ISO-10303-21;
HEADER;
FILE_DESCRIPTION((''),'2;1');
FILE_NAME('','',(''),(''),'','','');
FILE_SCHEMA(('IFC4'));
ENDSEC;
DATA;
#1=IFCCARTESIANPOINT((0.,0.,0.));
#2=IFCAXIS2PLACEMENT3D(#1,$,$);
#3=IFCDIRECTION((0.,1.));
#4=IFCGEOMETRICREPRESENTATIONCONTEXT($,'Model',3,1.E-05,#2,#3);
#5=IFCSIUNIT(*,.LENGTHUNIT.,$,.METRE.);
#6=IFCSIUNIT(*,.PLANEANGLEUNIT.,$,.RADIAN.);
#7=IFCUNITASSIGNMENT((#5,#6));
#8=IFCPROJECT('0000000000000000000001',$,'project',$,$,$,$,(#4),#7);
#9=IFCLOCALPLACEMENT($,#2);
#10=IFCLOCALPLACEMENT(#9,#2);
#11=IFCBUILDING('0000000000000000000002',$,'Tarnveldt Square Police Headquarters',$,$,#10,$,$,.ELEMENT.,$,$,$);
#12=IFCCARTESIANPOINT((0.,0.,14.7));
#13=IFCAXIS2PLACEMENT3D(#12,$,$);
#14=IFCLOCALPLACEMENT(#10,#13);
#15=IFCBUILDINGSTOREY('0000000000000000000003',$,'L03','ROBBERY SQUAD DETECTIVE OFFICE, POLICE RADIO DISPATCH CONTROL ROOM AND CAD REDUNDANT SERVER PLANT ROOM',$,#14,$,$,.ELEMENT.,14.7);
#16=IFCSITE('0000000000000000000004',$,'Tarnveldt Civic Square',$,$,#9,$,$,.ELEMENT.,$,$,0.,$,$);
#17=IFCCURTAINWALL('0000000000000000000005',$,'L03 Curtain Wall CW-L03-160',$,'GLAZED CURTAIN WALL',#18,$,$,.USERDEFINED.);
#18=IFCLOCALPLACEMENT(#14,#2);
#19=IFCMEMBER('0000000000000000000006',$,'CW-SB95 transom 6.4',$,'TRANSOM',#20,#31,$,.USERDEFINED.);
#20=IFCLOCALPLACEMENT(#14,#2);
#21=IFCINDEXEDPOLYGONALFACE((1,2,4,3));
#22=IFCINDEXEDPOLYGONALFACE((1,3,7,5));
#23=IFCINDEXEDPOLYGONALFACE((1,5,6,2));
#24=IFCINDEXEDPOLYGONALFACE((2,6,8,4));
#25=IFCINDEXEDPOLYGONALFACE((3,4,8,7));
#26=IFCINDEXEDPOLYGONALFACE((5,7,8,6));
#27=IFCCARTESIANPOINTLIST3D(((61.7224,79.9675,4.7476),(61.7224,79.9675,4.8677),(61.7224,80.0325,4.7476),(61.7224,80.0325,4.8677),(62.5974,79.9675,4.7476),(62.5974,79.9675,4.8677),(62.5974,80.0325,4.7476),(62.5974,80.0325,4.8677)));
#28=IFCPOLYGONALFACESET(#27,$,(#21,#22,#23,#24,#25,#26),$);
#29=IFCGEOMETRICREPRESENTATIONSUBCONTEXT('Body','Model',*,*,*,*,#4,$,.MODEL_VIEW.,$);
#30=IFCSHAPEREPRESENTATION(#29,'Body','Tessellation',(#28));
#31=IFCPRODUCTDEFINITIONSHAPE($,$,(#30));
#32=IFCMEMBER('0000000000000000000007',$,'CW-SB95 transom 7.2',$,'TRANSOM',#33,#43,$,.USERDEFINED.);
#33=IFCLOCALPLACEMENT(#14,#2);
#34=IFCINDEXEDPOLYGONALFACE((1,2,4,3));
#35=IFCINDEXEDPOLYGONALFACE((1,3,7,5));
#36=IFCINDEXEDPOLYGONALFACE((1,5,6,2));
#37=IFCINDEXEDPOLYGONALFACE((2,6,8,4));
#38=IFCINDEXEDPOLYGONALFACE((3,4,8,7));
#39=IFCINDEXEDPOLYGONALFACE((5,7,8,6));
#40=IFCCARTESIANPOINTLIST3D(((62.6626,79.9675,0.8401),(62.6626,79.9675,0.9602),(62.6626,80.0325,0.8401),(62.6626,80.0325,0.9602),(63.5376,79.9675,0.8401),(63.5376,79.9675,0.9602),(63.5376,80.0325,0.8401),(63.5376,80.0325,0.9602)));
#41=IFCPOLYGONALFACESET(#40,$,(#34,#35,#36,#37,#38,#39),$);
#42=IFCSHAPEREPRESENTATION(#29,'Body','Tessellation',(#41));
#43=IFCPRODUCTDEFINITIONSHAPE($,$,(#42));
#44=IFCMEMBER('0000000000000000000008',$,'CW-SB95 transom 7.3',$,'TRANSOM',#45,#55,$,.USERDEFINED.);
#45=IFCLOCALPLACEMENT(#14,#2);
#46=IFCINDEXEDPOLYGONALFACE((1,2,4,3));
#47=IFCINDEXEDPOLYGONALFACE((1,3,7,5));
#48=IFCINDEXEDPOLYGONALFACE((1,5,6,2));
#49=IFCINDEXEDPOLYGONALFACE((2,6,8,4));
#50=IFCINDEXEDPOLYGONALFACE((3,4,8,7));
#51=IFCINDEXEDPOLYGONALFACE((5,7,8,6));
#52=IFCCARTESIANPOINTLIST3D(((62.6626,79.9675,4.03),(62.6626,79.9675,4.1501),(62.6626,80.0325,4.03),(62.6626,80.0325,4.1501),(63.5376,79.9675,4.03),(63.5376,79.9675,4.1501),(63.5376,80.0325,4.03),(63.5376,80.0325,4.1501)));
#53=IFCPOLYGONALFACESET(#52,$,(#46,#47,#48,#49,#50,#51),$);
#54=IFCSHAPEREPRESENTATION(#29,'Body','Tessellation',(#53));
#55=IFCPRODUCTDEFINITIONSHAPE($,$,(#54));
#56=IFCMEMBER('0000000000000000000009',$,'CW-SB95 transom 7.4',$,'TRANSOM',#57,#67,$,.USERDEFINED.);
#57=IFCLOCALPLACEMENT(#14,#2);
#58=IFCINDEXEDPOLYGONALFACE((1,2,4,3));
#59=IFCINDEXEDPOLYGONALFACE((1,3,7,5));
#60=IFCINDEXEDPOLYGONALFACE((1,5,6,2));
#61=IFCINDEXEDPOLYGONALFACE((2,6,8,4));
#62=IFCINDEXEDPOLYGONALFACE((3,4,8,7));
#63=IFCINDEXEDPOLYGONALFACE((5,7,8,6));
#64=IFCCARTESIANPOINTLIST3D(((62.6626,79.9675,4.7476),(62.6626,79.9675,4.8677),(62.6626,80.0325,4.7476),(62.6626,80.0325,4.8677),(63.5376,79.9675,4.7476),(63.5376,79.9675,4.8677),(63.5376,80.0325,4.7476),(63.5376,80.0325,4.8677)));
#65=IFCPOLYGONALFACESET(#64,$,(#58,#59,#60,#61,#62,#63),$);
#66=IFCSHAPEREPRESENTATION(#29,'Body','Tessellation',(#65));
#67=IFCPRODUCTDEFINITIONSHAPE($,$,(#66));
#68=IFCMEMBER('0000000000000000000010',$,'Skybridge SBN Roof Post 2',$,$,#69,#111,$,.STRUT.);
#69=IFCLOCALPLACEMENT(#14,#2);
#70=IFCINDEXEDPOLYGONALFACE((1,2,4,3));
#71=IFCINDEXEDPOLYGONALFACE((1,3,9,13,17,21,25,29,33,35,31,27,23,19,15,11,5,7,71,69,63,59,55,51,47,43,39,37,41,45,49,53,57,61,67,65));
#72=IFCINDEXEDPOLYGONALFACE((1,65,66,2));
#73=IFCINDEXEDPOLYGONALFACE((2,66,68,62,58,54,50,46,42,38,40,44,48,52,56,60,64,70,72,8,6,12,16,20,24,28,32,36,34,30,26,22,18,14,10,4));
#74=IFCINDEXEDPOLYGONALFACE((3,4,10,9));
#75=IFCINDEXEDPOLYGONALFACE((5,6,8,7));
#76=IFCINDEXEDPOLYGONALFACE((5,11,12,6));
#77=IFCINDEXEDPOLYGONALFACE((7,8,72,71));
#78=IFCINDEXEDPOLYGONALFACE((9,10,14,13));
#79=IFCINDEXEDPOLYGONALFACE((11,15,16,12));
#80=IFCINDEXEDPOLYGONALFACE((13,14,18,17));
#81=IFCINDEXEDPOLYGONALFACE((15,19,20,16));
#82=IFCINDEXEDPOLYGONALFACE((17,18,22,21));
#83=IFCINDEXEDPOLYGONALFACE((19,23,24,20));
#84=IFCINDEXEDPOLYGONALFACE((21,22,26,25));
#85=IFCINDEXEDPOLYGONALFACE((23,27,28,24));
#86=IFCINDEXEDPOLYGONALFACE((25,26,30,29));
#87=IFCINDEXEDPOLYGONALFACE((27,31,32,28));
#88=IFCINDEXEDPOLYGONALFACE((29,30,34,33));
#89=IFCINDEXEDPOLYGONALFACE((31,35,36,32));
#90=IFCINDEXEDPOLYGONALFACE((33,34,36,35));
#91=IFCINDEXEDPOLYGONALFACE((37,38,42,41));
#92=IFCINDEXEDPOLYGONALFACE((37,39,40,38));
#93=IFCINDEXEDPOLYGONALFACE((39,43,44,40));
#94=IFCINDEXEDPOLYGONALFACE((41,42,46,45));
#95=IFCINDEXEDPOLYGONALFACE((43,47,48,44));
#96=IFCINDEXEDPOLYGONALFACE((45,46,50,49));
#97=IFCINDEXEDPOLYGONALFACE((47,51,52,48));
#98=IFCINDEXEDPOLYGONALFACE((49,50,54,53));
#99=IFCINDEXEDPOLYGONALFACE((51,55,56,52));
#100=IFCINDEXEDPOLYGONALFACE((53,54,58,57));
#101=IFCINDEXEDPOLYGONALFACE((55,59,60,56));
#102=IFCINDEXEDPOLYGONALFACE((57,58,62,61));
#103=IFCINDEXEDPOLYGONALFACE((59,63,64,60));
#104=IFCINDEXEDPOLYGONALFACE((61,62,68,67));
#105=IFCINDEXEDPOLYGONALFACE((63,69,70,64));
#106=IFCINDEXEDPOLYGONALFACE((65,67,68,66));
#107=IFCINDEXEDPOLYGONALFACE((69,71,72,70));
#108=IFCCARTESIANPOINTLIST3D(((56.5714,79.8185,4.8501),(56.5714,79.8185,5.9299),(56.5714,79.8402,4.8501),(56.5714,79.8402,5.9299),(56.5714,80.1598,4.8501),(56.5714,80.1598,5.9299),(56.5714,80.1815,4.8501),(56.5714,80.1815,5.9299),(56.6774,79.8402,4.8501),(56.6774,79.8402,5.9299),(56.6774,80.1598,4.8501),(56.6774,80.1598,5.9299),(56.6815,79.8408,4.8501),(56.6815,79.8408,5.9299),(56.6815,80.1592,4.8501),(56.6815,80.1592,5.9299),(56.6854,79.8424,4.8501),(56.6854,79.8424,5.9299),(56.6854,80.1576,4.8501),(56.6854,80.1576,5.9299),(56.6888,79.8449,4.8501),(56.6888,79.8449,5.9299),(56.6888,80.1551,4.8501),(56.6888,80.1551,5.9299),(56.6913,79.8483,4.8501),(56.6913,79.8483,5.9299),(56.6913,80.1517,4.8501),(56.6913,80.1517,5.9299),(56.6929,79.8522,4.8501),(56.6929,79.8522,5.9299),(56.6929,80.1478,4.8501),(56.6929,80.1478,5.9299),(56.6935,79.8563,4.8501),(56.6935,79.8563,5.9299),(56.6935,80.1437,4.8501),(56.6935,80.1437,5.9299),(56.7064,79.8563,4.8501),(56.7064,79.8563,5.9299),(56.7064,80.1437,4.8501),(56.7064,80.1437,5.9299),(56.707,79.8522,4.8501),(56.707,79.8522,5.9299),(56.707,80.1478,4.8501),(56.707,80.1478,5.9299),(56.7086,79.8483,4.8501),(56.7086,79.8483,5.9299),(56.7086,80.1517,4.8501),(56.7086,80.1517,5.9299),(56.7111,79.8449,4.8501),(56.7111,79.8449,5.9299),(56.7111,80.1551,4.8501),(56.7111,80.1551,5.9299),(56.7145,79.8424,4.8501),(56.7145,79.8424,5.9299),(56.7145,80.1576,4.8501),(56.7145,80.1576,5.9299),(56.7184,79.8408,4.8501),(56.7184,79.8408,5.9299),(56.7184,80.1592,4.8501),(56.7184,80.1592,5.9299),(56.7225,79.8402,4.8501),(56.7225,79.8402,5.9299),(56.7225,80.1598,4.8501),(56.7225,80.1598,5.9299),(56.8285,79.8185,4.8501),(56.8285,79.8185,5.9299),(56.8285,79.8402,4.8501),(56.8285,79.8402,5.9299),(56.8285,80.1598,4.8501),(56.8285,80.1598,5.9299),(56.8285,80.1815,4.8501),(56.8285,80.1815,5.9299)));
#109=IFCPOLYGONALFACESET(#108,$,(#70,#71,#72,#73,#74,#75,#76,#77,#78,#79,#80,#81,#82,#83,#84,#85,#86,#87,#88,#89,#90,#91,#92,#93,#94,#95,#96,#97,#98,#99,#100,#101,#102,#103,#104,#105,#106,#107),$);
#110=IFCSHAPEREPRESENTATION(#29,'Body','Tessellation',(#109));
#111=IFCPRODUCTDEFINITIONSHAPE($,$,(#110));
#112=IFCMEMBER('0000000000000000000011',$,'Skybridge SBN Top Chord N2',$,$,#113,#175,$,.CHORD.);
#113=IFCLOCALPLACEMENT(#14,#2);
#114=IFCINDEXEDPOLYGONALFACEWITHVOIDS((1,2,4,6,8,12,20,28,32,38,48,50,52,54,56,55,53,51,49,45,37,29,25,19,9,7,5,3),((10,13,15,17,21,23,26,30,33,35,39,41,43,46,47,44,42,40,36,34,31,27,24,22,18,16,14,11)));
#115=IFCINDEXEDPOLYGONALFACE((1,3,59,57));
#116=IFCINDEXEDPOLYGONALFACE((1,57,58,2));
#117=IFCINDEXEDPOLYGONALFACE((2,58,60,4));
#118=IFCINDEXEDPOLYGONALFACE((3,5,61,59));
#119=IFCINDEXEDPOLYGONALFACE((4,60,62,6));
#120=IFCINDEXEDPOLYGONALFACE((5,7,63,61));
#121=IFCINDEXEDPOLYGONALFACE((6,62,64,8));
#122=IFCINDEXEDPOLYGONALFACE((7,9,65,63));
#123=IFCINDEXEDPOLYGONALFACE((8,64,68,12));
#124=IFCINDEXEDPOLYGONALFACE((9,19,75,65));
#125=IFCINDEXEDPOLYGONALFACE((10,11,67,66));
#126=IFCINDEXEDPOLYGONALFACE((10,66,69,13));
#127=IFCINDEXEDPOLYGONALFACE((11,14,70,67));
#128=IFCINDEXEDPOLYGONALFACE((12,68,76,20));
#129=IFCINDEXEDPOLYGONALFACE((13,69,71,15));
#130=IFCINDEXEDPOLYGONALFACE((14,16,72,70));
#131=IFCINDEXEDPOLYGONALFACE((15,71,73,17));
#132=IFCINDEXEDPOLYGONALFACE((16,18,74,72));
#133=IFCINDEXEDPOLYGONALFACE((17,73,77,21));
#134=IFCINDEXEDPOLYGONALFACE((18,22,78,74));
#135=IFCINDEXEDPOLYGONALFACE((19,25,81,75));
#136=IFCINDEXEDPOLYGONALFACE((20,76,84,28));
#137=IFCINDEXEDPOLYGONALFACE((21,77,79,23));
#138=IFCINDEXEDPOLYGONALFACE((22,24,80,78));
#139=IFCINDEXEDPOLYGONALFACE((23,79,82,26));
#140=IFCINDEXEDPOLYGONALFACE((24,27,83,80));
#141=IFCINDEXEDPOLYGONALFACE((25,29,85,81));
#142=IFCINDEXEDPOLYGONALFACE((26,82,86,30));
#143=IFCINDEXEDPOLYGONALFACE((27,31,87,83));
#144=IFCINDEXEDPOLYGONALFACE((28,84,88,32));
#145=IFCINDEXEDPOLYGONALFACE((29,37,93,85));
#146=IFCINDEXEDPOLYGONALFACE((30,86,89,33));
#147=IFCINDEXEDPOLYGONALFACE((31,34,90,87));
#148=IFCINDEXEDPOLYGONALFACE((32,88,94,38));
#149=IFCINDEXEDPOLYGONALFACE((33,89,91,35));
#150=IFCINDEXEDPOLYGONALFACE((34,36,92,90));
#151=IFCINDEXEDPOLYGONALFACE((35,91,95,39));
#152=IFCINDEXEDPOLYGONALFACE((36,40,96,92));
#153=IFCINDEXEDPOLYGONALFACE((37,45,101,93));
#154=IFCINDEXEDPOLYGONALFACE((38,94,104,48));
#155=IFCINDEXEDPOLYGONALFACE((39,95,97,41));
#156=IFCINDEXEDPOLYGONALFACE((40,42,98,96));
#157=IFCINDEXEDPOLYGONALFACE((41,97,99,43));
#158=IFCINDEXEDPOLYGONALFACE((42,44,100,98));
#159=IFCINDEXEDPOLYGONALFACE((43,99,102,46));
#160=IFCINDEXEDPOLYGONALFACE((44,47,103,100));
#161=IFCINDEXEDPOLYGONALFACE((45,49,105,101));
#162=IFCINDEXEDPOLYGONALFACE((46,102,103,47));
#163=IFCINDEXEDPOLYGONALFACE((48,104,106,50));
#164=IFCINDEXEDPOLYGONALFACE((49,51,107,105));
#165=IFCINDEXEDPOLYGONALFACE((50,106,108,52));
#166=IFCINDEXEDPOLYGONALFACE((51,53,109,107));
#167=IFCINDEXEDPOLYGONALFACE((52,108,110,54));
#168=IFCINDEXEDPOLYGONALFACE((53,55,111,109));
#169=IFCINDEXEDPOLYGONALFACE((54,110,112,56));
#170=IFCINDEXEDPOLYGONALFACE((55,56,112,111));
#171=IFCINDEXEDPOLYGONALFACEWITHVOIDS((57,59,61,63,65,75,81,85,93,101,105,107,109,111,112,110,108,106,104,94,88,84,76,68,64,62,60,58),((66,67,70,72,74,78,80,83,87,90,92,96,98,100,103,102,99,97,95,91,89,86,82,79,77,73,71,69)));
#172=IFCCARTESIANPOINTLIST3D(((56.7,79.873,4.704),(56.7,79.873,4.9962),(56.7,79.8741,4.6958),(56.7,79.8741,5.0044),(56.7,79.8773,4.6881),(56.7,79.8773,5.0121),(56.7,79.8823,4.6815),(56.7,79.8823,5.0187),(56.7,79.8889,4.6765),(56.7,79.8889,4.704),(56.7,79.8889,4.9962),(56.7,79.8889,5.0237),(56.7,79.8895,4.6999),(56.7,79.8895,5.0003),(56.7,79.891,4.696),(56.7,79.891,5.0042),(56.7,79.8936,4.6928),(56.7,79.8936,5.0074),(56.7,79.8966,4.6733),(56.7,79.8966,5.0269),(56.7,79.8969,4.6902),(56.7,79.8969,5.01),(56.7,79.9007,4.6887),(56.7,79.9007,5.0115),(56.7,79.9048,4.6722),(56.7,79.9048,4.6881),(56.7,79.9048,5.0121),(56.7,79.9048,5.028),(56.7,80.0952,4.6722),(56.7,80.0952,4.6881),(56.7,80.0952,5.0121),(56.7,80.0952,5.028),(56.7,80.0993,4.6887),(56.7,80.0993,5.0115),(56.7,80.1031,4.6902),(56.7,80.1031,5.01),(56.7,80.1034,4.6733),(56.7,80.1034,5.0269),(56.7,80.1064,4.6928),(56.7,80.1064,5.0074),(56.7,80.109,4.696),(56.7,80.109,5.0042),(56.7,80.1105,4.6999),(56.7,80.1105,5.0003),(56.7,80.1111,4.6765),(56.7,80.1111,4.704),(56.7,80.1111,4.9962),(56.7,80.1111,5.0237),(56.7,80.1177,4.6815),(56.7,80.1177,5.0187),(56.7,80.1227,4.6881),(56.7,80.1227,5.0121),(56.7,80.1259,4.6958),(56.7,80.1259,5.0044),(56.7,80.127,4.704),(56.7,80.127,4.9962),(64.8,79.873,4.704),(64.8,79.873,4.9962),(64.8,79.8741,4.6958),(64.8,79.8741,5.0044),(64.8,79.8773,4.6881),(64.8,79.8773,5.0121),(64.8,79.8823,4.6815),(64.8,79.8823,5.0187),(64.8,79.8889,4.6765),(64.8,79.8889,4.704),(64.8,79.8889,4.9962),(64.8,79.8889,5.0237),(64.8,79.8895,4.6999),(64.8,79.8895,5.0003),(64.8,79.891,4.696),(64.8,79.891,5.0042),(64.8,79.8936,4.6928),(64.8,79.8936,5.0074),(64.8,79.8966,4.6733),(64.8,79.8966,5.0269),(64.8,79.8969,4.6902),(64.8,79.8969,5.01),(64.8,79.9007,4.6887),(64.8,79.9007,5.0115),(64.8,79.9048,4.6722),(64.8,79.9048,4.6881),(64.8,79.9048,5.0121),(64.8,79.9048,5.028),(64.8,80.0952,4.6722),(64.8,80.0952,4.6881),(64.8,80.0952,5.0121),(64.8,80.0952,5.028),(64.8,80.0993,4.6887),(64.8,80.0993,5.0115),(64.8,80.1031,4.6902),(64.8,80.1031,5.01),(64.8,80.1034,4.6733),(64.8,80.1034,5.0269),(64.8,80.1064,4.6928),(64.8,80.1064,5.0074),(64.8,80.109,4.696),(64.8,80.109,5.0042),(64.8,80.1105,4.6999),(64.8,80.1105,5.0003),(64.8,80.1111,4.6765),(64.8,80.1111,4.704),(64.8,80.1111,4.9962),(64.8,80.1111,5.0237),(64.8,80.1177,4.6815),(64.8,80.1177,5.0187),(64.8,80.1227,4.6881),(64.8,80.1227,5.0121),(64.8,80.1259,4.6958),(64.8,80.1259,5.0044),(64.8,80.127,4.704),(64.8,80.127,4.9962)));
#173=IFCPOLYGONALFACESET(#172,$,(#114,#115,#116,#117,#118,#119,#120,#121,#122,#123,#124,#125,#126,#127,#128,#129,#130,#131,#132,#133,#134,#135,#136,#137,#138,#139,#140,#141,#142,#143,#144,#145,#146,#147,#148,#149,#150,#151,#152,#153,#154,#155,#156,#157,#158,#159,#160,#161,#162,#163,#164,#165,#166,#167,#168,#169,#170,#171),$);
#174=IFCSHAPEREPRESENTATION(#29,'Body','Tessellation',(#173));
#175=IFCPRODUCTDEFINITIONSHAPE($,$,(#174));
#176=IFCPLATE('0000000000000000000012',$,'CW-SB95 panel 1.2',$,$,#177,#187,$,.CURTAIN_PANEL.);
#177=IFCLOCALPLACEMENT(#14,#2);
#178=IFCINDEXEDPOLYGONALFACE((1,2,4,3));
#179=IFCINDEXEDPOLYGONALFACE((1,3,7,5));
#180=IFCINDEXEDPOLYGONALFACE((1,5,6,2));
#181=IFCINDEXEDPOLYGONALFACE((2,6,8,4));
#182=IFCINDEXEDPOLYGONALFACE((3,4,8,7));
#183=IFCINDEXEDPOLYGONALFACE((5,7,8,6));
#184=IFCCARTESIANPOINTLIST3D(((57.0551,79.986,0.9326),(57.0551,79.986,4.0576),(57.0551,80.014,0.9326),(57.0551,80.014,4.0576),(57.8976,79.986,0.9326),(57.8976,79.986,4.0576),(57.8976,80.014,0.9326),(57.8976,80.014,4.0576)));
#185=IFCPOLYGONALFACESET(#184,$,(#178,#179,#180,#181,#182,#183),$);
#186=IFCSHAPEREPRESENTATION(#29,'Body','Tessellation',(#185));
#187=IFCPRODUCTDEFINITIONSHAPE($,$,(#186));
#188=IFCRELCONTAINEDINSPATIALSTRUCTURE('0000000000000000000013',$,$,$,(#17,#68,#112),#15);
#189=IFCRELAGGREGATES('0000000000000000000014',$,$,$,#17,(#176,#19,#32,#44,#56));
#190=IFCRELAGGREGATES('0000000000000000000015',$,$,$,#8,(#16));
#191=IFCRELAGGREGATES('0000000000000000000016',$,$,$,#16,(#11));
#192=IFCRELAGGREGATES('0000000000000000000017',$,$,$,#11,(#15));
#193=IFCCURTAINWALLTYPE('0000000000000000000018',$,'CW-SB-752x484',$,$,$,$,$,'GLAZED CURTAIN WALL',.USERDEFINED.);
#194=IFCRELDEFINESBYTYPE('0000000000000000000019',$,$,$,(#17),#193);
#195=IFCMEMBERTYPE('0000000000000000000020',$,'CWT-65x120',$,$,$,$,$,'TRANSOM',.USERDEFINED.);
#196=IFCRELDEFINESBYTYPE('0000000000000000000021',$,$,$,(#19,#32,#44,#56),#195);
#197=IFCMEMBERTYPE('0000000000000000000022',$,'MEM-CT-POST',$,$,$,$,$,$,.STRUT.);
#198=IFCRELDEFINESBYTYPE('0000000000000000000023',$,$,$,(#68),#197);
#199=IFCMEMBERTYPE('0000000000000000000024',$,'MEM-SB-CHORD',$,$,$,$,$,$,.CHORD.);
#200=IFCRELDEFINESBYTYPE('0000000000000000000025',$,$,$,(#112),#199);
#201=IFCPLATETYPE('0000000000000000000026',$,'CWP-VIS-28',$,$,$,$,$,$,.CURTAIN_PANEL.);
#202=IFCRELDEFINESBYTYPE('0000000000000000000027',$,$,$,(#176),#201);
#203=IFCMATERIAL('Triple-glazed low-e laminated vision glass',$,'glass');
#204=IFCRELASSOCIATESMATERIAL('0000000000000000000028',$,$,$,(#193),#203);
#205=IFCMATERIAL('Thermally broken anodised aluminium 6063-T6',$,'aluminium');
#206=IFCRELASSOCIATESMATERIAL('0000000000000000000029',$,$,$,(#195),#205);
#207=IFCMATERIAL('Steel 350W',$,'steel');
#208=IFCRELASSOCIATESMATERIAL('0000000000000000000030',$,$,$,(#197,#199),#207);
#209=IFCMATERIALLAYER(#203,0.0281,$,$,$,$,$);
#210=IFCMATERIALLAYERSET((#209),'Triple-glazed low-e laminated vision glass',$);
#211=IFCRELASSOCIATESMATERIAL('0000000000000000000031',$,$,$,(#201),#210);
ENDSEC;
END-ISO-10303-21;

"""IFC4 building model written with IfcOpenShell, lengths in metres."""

from ifc_helpers import new_model, si_unit, direction, frame, origin, origin_2d, place, context, subcontext, project, spatial, rectangle, hollow_rectangle, i_section, extrude, material, layer, layer_set, material_profile, profile_set, type_object, element, aggregate, save


model = new_model("IFC4")

# Units and contexts
model_context = context("Model", 3, precision=1e-05, world=origin(), true_north=direction((0.0, 1.0)))
body_context = subcontext(model_context, "Body", "Model", "MODEL_VIEW")
ifc_project = project(units=[si_unit("LENGTHUNIT", "METRE"), si_unit("PLANEANGLEUNIT", "RADIAN")], contexts=[model_context])

# Site, building, storey
site_placement = place(None, origin())
site = spatial("IfcSite", under=ifc_project, at=site_placement, Name="Tarnveldt Civic Square", CompositionType="ELEMENT", RefElevation=0.0)
building_placement = place(site_placement, origin())
building = spatial("IfcBuilding", under=site, at=building_placement, Name="Tarnveldt Square Police Headquarters", CompositionType="ELEMENT")
storey_placement = place(building_placement, frame((0.0, 0.0, 14.7)))
storey = spatial("IfcBuildingStorey", under=building, at=storey_placement, Name="L03", Description="ROBBERY SQUAD DETECTIVE OFFICE, POLICE RADIO DISPATCH CONTROL ROOM AND CAD REDUNDANT SERVER PLANT ROOM", CompositionType="ELEMENT", Elevation=14.7)

# Shared definitions
ifc_material_1 = material(Name="Steel 350W", Category="steel")

# Curtain wall, members
ifc_material_2 = material(Name="Triple-glazed low-e laminated vision glass", Category="glass")
curtain_wall_type = type_object("IfcCurtainWallType", Name="CW-SB-752x484", ElementType="GLAZED CURTAIN WALL", PredefinedType="USERDEFINED", material=ifc_material_2)
curtain_wall_placement = place(storey_placement, origin())
curtain_wall = element("IfcCurtainWall", 1, at=curtain_wall_placement, inside=storey, type_object=curtain_wall_type, Name="L03 Curtain Wall CW-L03-160", ObjectType="GLAZED CURTAIN WALL", PredefinedType="USERDEFINED")
ifc_material_3 = material(Name="Thermally broken anodised aluminium 6063-T6", Category="aluminium")
ifc_material_profile_1 = material_profile(ifc_material_3, rectangle(XDim=0.0649, YDim=0.1201, at=origin_2d()), Name="CW-T65x120")
ifc_profile_set_1 = profile_set([ifc_material_profile_1], Name="Thermally broken anodised aluminium 6063-T6")
member_type_1 = type_object("IfcMemberType", Name="CWT-65x120", ElementType="TRANSOM", PredefinedType="USERDEFINED", material=ifc_profile_set_1)
member_1_placement = place(storey_placement, frame((61.7224, 80.0, 4.8076), z_axis=(1.0, 0.0, 0.0), x_axis=(0.0, 1.0, 0.0)))
member_1 = element("IfcMember", 2, at=member_1_placement, type_object=member_type_1, Name="CW-SB95 transom 6.4", ObjectType="TRANSOM", PredefinedType="USERDEFINED", context=body_context, shape_type="SweptSolid", body=[
    extrude(rectangle(XDim=0.0649, YDim=0.1201, at=origin_2d()), origin(), (0.0, 0.0, 1.0), 0.875),
])
member_2_placement = place(storey_placement, frame((62.6626, 80.0, 0.9001), z_axis=(1.0, 0.0, 0.0), x_axis=(0.0, 1.0, 0.0)))
member_2 = element("IfcMember", 3, at=member_2_placement, type_object=member_type_1, Name="CW-SB95 transom 7.2", ObjectType="TRANSOM", PredefinedType="USERDEFINED", context=body_context, shape_type="SweptSolid", body=[
    extrude(rectangle(XDim=0.0649, YDim=0.1201, at=origin_2d()), origin(), (0.0, 0.0, 1.0), 0.875),
])
member_3_placement = place(storey_placement, frame((62.6626, 80.0, 4.0901), z_axis=(1.0, 0.0, 0.0), x_axis=(0.0, 1.0, 0.0)))
member_3 = element("IfcMember", 4, at=member_3_placement, type_object=member_type_1, Name="CW-SB95 transom 7.3", ObjectType="TRANSOM", PredefinedType="USERDEFINED", context=body_context, shape_type="SweptSolid", body=[
    extrude(rectangle(XDim=0.0649, YDim=0.1201, at=origin_2d()), origin(), (0.0, 0.0, 1.0), 0.875),
])
member_4_placement = place(storey_placement, frame((62.6626, 80.0, 4.8076), z_axis=(1.0, 0.0, 0.0), x_axis=(0.0, 1.0, 0.0)))
member_4 = element("IfcMember", 5, at=member_4_placement, type_object=member_type_1, Name="CW-SB95 transom 7.4", ObjectType="TRANSOM", PredefinedType="USERDEFINED", context=body_context, shape_type="SweptSolid", body=[
    extrude(rectangle(XDim=0.0649, YDim=0.1201, at=origin_2d()), origin(), (0.0, 0.0, 1.0), 0.875),
])

# Members
ifc_material_profile_2 = material_profile(ifc_material_1, i_section(OverallWidth=0.2571, OverallDepth=0.363, WebThickness=0.0129, FlangeThickness=0.0217, FilletRadius=0.0161, at=origin_2d()), Name="W360x122")
ifc_profile_set_2 = profile_set([ifc_material_profile_2], Name="Steel 350W")
member_type_2 = type_object("IfcMemberType", Name="MEM-CT-POST", PredefinedType="STRUT", material=ifc_profile_set_2)
member_5_placement = place(storey_placement, frame((56.7, 80.0, 4.8501), z_axis=(0.0, 0.0, 1.0), x_axis=(1.0, 0.0, 0.0)))
element("IfcMember", 6, at=member_5_placement, inside=storey, type_object=member_type_2, Name="Skybridge SBN Roof Post 2", PredefinedType="STRUT", context=body_context, shape_type="SweptSolid", body=[
    extrude(i_section(OverallWidth=0.2571, OverallDepth=0.363, WebThickness=0.0129, FlangeThickness=0.0217, FilletRadius=0.0161, at=origin_2d()), origin(), (0.0, 0.0, 1.0), 1.0798),
])
ifc_material_profile_3 = material_profile(ifc_material_1, hollow_rectangle(XDim=0.2539, YDim=0.3557, WallThickness=0.0159, InnerFilletRadius=0.0159, OuterFilletRadius=0.0317, at=origin_2d()), Name="HSS356x254x16")
ifc_profile_set_3 = profile_set([ifc_material_profile_3], Name="Steel 350W")
member_type_3 = type_object("IfcMemberType", Name="MEM-SB-CHORD", PredefinedType="CHORD", material=ifc_profile_set_3)
member_6_placement = place(storey_placement, frame((56.7, 80.0, 4.8501), z_axis=(1.0, 0.0, 0.0), x_axis=(0.0, 1.0, 0.0)))
element("IfcMember", 7, at=member_6_placement, inside=storey, type_object=member_type_3, Name="Skybridge SBN Top Chord N2", PredefinedType="CHORD", context=body_context, shape_type="SweptSolid", body=[
    extrude(hollow_rectangle(XDim=0.2539, YDim=0.3557, WallThickness=0.0159, InnerFilletRadius=0.0159, OuterFilletRadius=0.0317, at=origin_2d()), origin(), (0.0, 0.0, 1.0), 8.1001),
])

# Plate
ifc_layer = layer(ifc_material_2, 0.0281)
ifc_layer_set = layer_set([ifc_layer], Name="Triple-glazed low-e laminated vision glass")
plate_type = type_object("IfcPlateType", Name="CWP-VIS-28", PredefinedType="CURTAIN_PANEL", material=ifc_layer_set)
plate_1_placement = place(storey_placement, frame((57.4763, 80.0, 0.9326), z_axis=(0.0, 0.0, 1.0), x_axis=(1.0, 0.0, 0.0)))
plate_1 = element("IfcPlate", 8, at=plate_1_placement, type_object=plate_type, Name="CW-SB95 panel 1.2", PredefinedType="CURTAIN_PANEL", context=body_context, shape_type="SweptSolid", body=[
    extrude(rectangle(XDim=0.8425, YDim=0.0281, at=origin_2d()), origin(), (0.0, 0.0, 1.0), 3.125),
])
aggregate(curtain_wall, [plate_1, member_1, member_2, member_3, member_4])

save(model, "model.ifc")
